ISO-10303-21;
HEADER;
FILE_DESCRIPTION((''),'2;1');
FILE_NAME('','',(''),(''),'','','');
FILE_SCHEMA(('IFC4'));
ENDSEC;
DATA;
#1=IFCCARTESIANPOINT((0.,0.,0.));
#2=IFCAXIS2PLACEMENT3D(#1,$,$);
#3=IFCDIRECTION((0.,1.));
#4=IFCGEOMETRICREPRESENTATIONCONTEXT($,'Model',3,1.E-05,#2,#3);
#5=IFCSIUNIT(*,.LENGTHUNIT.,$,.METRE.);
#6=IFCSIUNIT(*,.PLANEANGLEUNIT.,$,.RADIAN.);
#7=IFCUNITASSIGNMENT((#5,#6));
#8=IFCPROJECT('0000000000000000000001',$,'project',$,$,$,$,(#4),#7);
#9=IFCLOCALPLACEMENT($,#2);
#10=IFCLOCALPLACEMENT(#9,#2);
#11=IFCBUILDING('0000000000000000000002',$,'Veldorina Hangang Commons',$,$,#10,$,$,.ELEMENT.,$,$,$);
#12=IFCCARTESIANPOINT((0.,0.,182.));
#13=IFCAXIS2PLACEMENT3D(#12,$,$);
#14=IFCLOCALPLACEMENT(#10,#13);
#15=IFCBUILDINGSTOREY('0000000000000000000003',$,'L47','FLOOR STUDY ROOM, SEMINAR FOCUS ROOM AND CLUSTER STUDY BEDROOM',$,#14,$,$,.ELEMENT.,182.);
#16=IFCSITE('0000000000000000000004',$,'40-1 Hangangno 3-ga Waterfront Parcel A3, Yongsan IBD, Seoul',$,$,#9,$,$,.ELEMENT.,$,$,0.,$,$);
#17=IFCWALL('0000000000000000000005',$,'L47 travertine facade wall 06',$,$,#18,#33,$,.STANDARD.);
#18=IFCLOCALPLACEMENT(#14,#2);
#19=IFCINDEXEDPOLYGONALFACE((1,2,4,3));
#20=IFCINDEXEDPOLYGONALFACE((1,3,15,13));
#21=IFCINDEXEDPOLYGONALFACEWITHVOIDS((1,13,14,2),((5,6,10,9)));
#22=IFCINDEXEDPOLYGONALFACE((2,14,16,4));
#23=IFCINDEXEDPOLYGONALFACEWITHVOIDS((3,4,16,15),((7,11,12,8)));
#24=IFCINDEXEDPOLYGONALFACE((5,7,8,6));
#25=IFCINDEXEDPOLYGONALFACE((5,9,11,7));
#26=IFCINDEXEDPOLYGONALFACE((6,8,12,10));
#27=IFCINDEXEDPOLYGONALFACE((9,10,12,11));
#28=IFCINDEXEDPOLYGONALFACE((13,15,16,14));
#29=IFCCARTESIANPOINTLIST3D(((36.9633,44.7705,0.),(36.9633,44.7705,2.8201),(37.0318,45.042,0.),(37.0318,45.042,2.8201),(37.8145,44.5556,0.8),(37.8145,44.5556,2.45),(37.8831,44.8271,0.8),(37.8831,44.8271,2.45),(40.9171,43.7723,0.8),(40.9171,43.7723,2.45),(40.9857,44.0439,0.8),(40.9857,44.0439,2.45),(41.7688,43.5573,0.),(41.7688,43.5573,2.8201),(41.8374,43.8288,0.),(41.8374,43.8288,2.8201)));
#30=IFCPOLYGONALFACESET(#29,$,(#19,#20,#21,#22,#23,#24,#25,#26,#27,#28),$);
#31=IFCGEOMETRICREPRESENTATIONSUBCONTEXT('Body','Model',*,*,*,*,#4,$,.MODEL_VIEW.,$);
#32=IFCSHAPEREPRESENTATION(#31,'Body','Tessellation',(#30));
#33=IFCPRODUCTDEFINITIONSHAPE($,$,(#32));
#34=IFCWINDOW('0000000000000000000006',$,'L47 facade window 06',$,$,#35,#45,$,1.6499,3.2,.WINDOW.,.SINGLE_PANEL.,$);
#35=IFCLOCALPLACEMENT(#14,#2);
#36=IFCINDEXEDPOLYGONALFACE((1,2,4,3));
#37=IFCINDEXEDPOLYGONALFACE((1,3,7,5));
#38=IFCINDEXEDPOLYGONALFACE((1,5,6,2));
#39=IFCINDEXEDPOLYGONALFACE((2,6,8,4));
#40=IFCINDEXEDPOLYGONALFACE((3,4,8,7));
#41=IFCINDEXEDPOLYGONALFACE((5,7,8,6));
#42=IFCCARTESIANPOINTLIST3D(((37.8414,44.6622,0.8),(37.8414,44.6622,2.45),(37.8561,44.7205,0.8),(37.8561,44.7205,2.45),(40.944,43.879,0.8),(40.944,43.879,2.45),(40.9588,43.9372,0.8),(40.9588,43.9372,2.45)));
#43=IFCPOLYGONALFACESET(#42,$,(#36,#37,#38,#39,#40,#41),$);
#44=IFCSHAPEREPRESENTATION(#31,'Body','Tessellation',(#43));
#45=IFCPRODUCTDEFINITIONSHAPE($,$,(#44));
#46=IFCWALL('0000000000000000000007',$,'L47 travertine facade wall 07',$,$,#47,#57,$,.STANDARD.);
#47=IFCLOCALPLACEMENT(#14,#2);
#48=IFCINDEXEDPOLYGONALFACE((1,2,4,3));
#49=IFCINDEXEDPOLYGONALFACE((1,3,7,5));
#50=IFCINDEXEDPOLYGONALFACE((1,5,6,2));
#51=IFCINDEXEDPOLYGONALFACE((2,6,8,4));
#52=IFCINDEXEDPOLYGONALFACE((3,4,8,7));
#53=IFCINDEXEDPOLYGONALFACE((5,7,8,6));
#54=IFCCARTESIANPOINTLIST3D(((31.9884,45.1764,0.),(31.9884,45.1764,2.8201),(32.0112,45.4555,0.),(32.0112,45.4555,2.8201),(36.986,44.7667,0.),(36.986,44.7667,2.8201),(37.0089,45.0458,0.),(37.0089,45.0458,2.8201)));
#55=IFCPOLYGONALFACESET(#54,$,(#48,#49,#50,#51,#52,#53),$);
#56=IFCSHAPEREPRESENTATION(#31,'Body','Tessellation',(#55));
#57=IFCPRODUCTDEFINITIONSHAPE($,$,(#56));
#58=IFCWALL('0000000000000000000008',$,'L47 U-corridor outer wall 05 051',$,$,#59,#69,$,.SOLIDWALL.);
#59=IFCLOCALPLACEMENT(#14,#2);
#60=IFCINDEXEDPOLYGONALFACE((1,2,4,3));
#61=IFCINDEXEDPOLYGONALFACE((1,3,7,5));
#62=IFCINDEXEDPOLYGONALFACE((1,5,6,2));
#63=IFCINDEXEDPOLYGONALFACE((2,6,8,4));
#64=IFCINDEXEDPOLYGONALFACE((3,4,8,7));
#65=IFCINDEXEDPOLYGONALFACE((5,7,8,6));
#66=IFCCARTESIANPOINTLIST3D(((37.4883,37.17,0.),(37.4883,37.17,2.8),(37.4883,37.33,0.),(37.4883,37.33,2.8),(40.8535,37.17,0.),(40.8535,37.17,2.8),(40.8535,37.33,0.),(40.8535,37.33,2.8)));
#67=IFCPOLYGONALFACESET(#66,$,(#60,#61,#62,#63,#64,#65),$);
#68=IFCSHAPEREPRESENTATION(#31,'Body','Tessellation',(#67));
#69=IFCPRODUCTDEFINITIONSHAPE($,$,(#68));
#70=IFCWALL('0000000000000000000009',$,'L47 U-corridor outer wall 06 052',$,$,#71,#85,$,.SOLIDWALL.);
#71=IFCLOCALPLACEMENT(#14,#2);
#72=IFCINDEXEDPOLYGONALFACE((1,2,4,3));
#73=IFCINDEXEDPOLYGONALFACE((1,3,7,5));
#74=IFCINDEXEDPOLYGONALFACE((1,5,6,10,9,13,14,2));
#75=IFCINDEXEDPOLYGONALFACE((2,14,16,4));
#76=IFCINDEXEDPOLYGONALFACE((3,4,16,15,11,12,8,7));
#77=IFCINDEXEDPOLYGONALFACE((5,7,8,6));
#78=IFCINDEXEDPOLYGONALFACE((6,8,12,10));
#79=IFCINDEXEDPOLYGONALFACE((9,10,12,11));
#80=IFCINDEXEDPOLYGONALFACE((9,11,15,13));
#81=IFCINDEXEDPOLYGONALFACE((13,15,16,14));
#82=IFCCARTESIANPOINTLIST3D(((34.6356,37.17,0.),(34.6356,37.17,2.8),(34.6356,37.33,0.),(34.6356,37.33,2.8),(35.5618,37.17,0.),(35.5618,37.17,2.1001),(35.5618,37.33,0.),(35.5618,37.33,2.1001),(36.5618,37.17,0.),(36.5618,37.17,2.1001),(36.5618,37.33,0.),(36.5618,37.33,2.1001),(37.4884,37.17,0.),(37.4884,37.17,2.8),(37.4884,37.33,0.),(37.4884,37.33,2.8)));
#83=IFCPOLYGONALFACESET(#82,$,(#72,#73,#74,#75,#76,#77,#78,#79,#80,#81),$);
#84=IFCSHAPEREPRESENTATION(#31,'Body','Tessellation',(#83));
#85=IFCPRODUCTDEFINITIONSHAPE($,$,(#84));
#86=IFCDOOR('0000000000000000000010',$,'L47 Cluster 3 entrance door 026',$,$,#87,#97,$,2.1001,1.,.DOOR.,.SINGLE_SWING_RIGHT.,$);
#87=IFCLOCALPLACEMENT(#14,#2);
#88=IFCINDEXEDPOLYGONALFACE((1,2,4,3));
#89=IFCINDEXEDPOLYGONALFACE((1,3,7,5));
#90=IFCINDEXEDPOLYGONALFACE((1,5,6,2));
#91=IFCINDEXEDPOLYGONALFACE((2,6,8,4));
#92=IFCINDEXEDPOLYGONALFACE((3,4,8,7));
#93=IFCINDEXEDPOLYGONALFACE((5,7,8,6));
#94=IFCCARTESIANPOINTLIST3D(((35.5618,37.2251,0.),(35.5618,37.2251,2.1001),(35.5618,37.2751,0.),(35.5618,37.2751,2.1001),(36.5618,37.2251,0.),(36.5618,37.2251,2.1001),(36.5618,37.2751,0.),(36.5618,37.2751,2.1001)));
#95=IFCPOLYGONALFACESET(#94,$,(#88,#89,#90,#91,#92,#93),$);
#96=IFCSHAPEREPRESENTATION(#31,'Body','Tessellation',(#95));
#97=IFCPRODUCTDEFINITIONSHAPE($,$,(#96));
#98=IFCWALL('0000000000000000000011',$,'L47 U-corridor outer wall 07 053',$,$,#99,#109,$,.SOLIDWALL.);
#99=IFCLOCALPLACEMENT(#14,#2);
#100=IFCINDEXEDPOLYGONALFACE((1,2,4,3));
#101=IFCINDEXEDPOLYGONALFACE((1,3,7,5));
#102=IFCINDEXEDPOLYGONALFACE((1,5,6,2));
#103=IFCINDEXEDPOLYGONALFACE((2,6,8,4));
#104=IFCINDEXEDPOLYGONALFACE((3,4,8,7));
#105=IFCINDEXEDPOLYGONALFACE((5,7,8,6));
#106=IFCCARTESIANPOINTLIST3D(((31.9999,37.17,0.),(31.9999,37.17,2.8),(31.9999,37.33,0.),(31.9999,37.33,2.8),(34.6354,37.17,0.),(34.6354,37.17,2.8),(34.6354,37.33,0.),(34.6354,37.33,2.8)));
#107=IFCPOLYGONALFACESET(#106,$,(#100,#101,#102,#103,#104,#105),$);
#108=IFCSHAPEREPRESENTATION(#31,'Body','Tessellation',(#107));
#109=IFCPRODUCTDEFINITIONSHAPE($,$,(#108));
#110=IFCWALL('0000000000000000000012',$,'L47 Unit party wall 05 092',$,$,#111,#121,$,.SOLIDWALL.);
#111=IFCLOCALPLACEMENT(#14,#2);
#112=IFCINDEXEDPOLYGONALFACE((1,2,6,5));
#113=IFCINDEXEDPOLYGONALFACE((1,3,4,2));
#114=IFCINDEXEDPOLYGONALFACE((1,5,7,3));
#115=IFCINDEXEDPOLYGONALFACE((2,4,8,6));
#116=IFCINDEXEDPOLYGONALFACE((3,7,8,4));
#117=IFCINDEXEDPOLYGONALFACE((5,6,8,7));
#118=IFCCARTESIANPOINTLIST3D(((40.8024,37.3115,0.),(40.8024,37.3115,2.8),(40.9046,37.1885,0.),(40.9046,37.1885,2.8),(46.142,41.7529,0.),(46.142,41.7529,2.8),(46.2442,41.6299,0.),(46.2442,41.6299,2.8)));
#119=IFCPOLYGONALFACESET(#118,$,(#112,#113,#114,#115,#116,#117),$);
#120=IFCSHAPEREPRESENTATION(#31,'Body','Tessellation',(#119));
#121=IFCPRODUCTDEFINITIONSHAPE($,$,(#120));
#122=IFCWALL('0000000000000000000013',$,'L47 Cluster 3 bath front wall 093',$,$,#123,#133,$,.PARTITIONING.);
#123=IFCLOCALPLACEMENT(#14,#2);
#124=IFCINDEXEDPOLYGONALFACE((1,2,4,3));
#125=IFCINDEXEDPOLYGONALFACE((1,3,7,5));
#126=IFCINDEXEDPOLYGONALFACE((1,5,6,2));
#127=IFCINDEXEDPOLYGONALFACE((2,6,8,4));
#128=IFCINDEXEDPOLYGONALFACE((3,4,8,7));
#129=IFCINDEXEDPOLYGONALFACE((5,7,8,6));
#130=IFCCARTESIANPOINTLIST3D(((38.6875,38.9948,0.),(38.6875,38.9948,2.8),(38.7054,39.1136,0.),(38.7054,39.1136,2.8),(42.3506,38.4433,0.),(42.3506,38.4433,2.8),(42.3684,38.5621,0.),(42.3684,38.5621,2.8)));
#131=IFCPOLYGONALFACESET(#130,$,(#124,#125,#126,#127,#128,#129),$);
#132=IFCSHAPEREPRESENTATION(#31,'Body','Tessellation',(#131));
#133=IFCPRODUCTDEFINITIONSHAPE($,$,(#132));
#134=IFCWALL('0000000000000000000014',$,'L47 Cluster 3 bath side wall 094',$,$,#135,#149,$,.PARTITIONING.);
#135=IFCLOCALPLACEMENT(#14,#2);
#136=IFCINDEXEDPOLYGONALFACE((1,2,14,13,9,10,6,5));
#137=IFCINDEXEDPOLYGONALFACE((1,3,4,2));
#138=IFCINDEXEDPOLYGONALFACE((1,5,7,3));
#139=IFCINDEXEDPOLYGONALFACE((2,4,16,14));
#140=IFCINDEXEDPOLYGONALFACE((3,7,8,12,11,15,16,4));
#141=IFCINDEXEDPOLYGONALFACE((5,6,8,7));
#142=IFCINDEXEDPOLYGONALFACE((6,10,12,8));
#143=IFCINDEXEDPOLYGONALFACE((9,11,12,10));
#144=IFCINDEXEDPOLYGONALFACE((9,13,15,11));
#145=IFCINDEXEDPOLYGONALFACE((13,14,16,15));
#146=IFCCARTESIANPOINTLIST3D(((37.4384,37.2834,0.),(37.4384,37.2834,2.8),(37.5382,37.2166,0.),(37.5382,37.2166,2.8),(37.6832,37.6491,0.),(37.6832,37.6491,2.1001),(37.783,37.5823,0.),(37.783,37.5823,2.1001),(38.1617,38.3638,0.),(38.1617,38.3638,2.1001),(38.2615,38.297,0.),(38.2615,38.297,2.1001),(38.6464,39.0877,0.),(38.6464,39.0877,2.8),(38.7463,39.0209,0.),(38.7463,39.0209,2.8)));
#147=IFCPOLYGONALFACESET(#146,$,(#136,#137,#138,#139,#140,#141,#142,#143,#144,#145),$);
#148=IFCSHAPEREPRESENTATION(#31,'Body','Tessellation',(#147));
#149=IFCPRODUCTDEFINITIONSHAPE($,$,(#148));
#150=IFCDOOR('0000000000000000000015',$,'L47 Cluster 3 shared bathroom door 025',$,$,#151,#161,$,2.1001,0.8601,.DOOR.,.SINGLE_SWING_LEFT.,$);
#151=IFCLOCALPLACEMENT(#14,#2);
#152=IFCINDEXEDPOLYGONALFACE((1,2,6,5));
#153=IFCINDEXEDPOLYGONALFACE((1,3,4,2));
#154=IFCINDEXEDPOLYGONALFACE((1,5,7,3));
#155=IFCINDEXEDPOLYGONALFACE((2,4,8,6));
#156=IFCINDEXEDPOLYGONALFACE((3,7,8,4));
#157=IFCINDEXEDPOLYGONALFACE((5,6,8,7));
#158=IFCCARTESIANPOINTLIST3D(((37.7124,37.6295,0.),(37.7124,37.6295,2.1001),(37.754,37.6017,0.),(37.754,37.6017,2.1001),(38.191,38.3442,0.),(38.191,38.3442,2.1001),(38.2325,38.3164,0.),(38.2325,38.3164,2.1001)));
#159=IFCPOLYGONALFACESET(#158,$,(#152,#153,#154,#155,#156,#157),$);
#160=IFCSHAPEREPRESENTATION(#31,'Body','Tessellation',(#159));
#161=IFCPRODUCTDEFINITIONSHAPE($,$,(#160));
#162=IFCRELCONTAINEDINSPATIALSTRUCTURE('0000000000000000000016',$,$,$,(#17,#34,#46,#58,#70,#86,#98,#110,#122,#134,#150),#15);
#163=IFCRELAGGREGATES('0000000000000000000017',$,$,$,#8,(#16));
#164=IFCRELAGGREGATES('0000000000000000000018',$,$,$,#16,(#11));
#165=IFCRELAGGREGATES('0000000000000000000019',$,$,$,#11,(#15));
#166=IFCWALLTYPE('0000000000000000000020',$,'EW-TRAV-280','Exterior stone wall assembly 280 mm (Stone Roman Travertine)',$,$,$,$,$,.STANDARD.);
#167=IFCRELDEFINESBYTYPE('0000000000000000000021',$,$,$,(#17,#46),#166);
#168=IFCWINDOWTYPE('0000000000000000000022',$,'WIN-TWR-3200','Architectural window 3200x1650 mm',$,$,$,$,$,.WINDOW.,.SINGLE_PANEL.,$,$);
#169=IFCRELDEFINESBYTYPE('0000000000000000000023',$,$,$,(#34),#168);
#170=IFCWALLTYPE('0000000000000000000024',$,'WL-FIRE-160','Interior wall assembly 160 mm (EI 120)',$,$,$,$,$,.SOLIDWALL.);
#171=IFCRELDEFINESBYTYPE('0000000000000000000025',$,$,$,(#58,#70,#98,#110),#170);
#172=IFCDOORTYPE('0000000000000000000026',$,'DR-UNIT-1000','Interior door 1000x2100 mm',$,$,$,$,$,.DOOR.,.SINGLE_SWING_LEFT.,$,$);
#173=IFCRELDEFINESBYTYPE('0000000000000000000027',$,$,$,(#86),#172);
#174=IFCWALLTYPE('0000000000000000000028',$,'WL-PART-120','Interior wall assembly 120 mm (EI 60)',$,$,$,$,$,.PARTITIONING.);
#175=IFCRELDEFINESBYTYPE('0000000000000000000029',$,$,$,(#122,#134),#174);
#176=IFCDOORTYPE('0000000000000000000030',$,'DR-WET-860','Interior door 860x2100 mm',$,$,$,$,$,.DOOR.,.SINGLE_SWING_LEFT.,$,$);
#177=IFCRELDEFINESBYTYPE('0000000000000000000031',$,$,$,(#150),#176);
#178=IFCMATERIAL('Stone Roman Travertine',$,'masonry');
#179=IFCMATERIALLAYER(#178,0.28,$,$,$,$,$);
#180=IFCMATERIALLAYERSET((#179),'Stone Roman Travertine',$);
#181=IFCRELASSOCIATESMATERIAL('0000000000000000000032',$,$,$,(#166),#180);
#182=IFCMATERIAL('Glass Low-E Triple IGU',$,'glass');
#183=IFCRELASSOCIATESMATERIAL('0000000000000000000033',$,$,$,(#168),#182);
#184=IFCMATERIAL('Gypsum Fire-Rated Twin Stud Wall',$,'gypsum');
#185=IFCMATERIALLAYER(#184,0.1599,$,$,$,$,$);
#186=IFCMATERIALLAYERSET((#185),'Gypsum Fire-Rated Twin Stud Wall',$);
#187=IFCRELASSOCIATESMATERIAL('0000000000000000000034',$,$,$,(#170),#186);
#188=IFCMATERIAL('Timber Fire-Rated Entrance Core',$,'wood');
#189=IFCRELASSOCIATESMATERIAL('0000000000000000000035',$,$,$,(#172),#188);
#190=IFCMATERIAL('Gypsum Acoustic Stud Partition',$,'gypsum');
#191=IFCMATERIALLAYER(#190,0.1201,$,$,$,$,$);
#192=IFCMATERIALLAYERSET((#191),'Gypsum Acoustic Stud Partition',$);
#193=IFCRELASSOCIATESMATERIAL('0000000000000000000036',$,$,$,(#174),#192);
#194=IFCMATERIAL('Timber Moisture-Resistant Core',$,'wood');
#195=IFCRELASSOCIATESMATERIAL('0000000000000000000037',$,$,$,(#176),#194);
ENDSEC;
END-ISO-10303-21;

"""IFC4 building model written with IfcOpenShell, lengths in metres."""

from ifc_helpers import new_model, si_unit, direction, frame, frame_2d, origin, place, context, subcontext, project, spatial, rectangle, extrude, material, layer, layer_set, type_object, element, fill, save


model = new_model("IFC4")

# Units and contexts
model_context = context("Model", 3, precision=1e-05, world=origin(), true_north=direction((0.0, 1.0)))
body_context = subcontext(model_context, "Body", "Model", "MODEL_VIEW")
ifc_project = project(units=[si_unit("LENGTHUNIT", "METRE"), si_unit("PLANEANGLEUNIT", "RADIAN")], contexts=[model_context])

# Site, building, storey
site_placement = place(None, origin())
site = spatial("IfcSite", under=ifc_project, at=site_placement, Name="40-1 Hangangno 3-ga Waterfront Parcel A3, Yongsan IBD, Seoul", CompositionType="ELEMENT", RefElevation=0.0)
building_placement = place(site_placement, origin())
building = spatial("IfcBuilding", under=site, at=building_placement, Name="Veldorina Hangang Commons", CompositionType="ELEMENT")
storey_placement = place(building_placement, frame((0.0, 0.0, 182.0)))
storey = spatial("IfcBuildingStorey", under=building, at=storey_placement, Name="L47", Description="FLOOR STUDY ROOM, SEMINAR FOCUS ROOM AND CLUSTER STUDY BEDROOM", CompositionType="ELEMENT", Elevation=182.0)

# Shared definitions
ifc_material_1 = material(Name="Stone Roman Travertine", Category="masonry")
ifc_layer_1 = layer(ifc_material_1, 0.28)
ifc_layer_set_1 = layer_set([ifc_layer_1], Name="Stone Roman Travertine")
wall_type_1 = type_object("IfcWallType", Name="EW-TRAV-280", Description="Exterior stone wall assembly 280 mm (Stone Roman Travertine)", PredefinedType="STANDARD", material=ifc_layer_set_1)

# Wall, opening, window
wall_1_placement = place(storey_placement, frame((41.803, 43.6931, 0.0), z_axis=(0.0, 0.0, 1.0), x_axis=(-0.969581, 0.244772, 0.0)))
wall_1 = element("IfcWall", 1, at=wall_1_placement, inside=storey, type_object=wall_type_1, Name="L47 travertine facade wall 06", PredefinedType="STANDARD", context=body_context, shape_type="SweptSolid", body=[
    extrude(rectangle(XDim=4.9563, YDim=0.28, at=frame_2d((2.478, 0.0))), origin(), (0.0, 0.0, 1.0), 2.8201),
])
opening_1_placement = place(wall_1_placement, frame((0.8782, 0.0, 0.8)))
opening_1 = element("IfcOpeningElement", 2, at=opening_1_placement, cuts=wall_1, PredefinedType="OPENING", context=body_context, shape_type="SweptSolid", body=[
    extrude(rectangle(XDim=3.2, YDim=1.6499, at=frame_2d((1.6001, 0.825))), frame((0.0, 0.1499, 0.0), z_axis=(0.0, -1.0, 0.0), x_axis=(1.0, 0.0, 0.0)), (0.0, 0.0, 1.0), 0.3),
])
ifc_material_2 = material(Name="Glass Low-E Triple IGU", Category="glass")
window_type = type_object("IfcWindowType", Name="WIN-TWR-3200", Description="Architectural window 3200x1650 mm", PartitioningType="SINGLE_PANEL", PredefinedType="WINDOW", material=ifc_material_2)
window_placement = place(opening_1_placement, origin())
window = element("IfcWindow", 3, at=window_placement, inside=storey, type_object=window_type, Name="L47 facade window 06", OverallHeight=1.6499, OverallWidth=3.2, PartitioningType="SINGLE_PANEL", PredefinedType="WINDOW", context=body_context, shape_type="SweptSolid", body=[
    extrude(rectangle(XDim=3.2, YDim=1.6499, at=frame_2d((1.6001, 0.825))), frame((0.0, 0.03, 0.0), z_axis=(0.0, -1.0, 0.0), x_axis=(1.0, 0.0, 0.0)), (0.0, 0.0, 1.0), 0.0601),
])
fill(opening_1, window)

# Walls
wall_2_placement = place(storey_placement, frame((36.9976, 44.9062, 0.0), z_axis=(0.0, 0.0, 1.0), x_axis=(-0.996657, 0.0817, 0.0)))
element("IfcWall", 4, at=wall_2_placement, inside=storey, type_object=wall_type_1, Name="L47 travertine facade wall 07", PredefinedType="STANDARD", context=body_context, shape_type="SweptSolid", body=[
    extrude(rectangle(XDim=5.0144, YDim=0.28, at=frame_2d((2.5073, 0.0))), origin(), (0.0, 0.0, 1.0), 2.8201),
])
ifc_material_3 = material(Name="Gypsum Fire-Rated Twin Stud Wall", Category="gypsum")
ifc_layer_2 = layer(ifc_material_3, 0.1599)
ifc_layer_set_2 = layer_set([ifc_layer_2], Name="Gypsum Fire-Rated Twin Stud Wall")
wall_type_2 = type_object("IfcWallType", Name="WL-FIRE-160", Description="Interior wall assembly 160 mm (EI 120)", PredefinedType="SOLIDWALL", material=ifc_layer_set_2)
wall_3_placement = place(storey_placement, frame((40.8535, 37.25, 0.0), z_axis=(0.0, 0.0, 1.0), x_axis=(-1.0, 0.0, 0.0)))
element("IfcWall", 5, at=wall_3_placement, inside=storey, type_object=wall_type_2, Name="L47 U-corridor outer wall 05 051", PredefinedType="SOLIDWALL", context=body_context, shape_type="SweptSolid", body=[
    extrude(rectangle(XDim=3.3652, YDim=0.1599, at=frame_2d((1.6826, 0.0))), origin(), (0.0, 0.0, 1.0), 2.8),
])

# Wall, opening, door
wall_4_placement = place(storey_placement, frame((37.4883, 37.25, 0.0), z_axis=(0.0, 0.0, 1.0), x_axis=(-1.0, 0.0, 0.0)))
wall_4 = element("IfcWall", 6, at=wall_4_placement, inside=storey, type_object=wall_type_2, Name="L47 U-corridor outer wall 06 052", PredefinedType="SOLIDWALL", context=body_context, shape_type="SweptSolid", body=[
    extrude(rectangle(XDim=2.8528, YDim=0.1599, at=frame_2d((1.4263, 0.0))), origin(), (0.0, 0.0, 1.0), 2.8),
])
opening_2_placement = place(wall_4_placement, frame((0.9265, 0.0, 0.0)))
opening_2 = element("IfcOpeningElement", 7, at=opening_2_placement, cuts=wall_4, PredefinedType="OPENING", context=body_context, shape_type="SweptSolid", body=[
    extrude(rectangle(XDim=1.0, YDim=2.1001, at=frame_2d((0.5, 1.05))), frame((0.0, 0.0898, 0.0), z_axis=(0.0, -1.0, 0.0), x_axis=(1.0, 0.0, 0.0)), (0.0, 0.0, 1.0), 0.1799),
])
ifc_material_4 = material(Name="Timber Fire-Rated Entrance Core", Category="wood")
door_type_1 = type_object("IfcDoorType", Name="DR-UNIT-1000", Description="Interior door 1000x2100 mm", OperationType="SINGLE_SWING_LEFT", PredefinedType="DOOR", material=ifc_material_4)
door_1_placement = place(opening_2_placement, origin())
door_1 = element("IfcDoor", 8, at=door_1_placement, inside=storey, type_object=door_type_1, Name="L47 Cluster 3 entrance door 026", OperationType="SINGLE_SWING_RIGHT", OverallHeight=2.1001, OverallWidth=1.0, PredefinedType="DOOR", context=body_context, shape_type="SweptSolid", body=[
    extrude(rectangle(XDim=1.0, YDim=2.1001, at=frame_2d((0.5, 1.05))), frame((0.0, 0.0249, 0.0), z_axis=(0.0, -1.0, 0.0), x_axis=(1.0, 0.0, 0.0)), (0.0, 0.0, 1.0), 0.05),
])
fill(opening_2, door_1)

# Walls
wall_5_placement = place(storey_placement, frame((34.6355, 37.25, 0.0), z_axis=(0.0, 0.0, 1.0), x_axis=(-1.0, 0.0, 0.0)))
element("IfcWall", 9, at=wall_5_placement, inside=storey, type_object=wall_type_2, Name="L47 U-corridor outer wall 07 053", PredefinedType="SOLIDWALL", context=body_context, shape_type="SweptSolid", body=[
    extrude(rectangle(XDim=2.6355, YDim=0.1599, at=frame_2d((1.3179, 0.0))), origin(), (0.0, 0.0, 1.0), 2.8),
])
wall_6_placement = place(storey_placement, frame((40.8535, 37.25, 0.0), z_axis=(0.0, 0.0, 1.0), x_axis=(0.768806, 0.639482, 0.0)))
element("IfcWall", 10, at=wall_6_placement, inside=storey, type_object=wall_type_2, Name="L47 Unit party wall 05 092", PredefinedType="SOLIDWALL", context=body_context, shape_type="SweptSolid", body=[
    extrude(rectangle(XDim=6.9453, YDim=0.1599, at=frame_2d((3.4727, 0.0))), origin(), (0.0, 0.0, 1.0), 2.8),
])
ifc_material_5 = material(Name="Gypsum Acoustic Stud Partition", Category="gypsum")
ifc_layer_3 = layer(ifc_material_5, 0.1201)
ifc_layer_set_3 = layer_set([ifc_layer_3], Name="Gypsum Acoustic Stud Partition")
wall_type_3 = type_object("IfcWallType", Name="WL-PART-120", Description="Interior wall assembly 120 mm (EI 60)", PredefinedType="PARTITIONING", material=ifc_layer_set_3)
wall_7_placement = place(storey_placement, frame((42.3594, 38.5027, 0.0), z_axis=(0.0, 0.0, 1.0), x_axis=(-0.988855, 0.148882, 0.0)))
element("IfcWall", 11, at=wall_7_placement, inside=storey, type_object=wall_type_3, Name="L47 Cluster 3 bath front wall 093", PredefinedType="PARTITIONING", context=body_context, shape_type="SweptSolid", body=[
    extrude(rectangle(XDim=3.7043, YDim=0.1201, at=frame_2d((1.8521, 0.0))), origin(), (0.0, 0.0, 1.0), 2.8),
])

# Wall, opening, door
wall_8_placement = place(storey_placement, frame((37.4883, 37.25, 0.0), z_axis=(0.0, 0.0, 1.0), x_axis=(0.55636, 0.830942, 0.0)))
wall_8 = element("IfcWall", 12, at=wall_8_placement, inside=storey, type_object=wall_type_3, Name="L47 Cluster 3 bath side wall 094", PredefinedType="PARTITIONING", context=body_context, shape_type="SweptSolid", body=[
    extrude(rectangle(XDim=2.1714, YDim=0.1201, at=frame_2d((1.0857, 0.0))), origin(), (0.0, 0.0, 1.0), 2.8),
])
opening_3_placement = place(wall_8_placement, frame((0.4399, 0.0, 0.0)))
opening_3 = element("IfcOpeningElement", 13, at=opening_3_placement, cuts=wall_8, PredefinedType="OPENING", context=body_context, shape_type="SweptSolid", body=[
    extrude(rectangle(XDim=0.8601, YDim=2.1001, at=frame_2d((0.4302, 1.05))), frame((0.0, 0.0701, 0.0), z_axis=(0.0, -1.0, 0.0), x_axis=(1.0, 0.0, 0.0)), (0.0, 0.0, 1.0), 0.1401),
])
ifc_material_6 = material(Name="Timber Moisture-Resistant Core", Category="wood")
door_type_2 = type_object("IfcDoorType", Name="DR-WET-860", Description="Interior door 860x2100 mm", OperationType="SINGLE_SWING_LEFT", PredefinedType="DOOR", material=ifc_material_6)
door_2_placement = place(opening_3_placement, origin())
door_2 = element("IfcDoor", 14, at=door_2_placement, inside=storey, type_object=door_type_2, Name="L47 Cluster 3 shared bathroom door 025", OperationType="SINGLE_SWING_LEFT", OverallHeight=2.1001, OverallWidth=0.8601, PredefinedType="DOOR", context=body_context, shape_type="SweptSolid", body=[
    extrude(rectangle(XDim=0.8601, YDim=2.1001, at=frame_2d((0.4302, 1.05))), frame((0.0, 0.0249, 0.0), z_axis=(0.0, -1.0, 0.0), x_axis=(1.0, 0.0, 0.0)), (0.0, 0.0, 1.0), 0.05),
])
fill(opening_3, door_2)

save(model, "model.ifc")
